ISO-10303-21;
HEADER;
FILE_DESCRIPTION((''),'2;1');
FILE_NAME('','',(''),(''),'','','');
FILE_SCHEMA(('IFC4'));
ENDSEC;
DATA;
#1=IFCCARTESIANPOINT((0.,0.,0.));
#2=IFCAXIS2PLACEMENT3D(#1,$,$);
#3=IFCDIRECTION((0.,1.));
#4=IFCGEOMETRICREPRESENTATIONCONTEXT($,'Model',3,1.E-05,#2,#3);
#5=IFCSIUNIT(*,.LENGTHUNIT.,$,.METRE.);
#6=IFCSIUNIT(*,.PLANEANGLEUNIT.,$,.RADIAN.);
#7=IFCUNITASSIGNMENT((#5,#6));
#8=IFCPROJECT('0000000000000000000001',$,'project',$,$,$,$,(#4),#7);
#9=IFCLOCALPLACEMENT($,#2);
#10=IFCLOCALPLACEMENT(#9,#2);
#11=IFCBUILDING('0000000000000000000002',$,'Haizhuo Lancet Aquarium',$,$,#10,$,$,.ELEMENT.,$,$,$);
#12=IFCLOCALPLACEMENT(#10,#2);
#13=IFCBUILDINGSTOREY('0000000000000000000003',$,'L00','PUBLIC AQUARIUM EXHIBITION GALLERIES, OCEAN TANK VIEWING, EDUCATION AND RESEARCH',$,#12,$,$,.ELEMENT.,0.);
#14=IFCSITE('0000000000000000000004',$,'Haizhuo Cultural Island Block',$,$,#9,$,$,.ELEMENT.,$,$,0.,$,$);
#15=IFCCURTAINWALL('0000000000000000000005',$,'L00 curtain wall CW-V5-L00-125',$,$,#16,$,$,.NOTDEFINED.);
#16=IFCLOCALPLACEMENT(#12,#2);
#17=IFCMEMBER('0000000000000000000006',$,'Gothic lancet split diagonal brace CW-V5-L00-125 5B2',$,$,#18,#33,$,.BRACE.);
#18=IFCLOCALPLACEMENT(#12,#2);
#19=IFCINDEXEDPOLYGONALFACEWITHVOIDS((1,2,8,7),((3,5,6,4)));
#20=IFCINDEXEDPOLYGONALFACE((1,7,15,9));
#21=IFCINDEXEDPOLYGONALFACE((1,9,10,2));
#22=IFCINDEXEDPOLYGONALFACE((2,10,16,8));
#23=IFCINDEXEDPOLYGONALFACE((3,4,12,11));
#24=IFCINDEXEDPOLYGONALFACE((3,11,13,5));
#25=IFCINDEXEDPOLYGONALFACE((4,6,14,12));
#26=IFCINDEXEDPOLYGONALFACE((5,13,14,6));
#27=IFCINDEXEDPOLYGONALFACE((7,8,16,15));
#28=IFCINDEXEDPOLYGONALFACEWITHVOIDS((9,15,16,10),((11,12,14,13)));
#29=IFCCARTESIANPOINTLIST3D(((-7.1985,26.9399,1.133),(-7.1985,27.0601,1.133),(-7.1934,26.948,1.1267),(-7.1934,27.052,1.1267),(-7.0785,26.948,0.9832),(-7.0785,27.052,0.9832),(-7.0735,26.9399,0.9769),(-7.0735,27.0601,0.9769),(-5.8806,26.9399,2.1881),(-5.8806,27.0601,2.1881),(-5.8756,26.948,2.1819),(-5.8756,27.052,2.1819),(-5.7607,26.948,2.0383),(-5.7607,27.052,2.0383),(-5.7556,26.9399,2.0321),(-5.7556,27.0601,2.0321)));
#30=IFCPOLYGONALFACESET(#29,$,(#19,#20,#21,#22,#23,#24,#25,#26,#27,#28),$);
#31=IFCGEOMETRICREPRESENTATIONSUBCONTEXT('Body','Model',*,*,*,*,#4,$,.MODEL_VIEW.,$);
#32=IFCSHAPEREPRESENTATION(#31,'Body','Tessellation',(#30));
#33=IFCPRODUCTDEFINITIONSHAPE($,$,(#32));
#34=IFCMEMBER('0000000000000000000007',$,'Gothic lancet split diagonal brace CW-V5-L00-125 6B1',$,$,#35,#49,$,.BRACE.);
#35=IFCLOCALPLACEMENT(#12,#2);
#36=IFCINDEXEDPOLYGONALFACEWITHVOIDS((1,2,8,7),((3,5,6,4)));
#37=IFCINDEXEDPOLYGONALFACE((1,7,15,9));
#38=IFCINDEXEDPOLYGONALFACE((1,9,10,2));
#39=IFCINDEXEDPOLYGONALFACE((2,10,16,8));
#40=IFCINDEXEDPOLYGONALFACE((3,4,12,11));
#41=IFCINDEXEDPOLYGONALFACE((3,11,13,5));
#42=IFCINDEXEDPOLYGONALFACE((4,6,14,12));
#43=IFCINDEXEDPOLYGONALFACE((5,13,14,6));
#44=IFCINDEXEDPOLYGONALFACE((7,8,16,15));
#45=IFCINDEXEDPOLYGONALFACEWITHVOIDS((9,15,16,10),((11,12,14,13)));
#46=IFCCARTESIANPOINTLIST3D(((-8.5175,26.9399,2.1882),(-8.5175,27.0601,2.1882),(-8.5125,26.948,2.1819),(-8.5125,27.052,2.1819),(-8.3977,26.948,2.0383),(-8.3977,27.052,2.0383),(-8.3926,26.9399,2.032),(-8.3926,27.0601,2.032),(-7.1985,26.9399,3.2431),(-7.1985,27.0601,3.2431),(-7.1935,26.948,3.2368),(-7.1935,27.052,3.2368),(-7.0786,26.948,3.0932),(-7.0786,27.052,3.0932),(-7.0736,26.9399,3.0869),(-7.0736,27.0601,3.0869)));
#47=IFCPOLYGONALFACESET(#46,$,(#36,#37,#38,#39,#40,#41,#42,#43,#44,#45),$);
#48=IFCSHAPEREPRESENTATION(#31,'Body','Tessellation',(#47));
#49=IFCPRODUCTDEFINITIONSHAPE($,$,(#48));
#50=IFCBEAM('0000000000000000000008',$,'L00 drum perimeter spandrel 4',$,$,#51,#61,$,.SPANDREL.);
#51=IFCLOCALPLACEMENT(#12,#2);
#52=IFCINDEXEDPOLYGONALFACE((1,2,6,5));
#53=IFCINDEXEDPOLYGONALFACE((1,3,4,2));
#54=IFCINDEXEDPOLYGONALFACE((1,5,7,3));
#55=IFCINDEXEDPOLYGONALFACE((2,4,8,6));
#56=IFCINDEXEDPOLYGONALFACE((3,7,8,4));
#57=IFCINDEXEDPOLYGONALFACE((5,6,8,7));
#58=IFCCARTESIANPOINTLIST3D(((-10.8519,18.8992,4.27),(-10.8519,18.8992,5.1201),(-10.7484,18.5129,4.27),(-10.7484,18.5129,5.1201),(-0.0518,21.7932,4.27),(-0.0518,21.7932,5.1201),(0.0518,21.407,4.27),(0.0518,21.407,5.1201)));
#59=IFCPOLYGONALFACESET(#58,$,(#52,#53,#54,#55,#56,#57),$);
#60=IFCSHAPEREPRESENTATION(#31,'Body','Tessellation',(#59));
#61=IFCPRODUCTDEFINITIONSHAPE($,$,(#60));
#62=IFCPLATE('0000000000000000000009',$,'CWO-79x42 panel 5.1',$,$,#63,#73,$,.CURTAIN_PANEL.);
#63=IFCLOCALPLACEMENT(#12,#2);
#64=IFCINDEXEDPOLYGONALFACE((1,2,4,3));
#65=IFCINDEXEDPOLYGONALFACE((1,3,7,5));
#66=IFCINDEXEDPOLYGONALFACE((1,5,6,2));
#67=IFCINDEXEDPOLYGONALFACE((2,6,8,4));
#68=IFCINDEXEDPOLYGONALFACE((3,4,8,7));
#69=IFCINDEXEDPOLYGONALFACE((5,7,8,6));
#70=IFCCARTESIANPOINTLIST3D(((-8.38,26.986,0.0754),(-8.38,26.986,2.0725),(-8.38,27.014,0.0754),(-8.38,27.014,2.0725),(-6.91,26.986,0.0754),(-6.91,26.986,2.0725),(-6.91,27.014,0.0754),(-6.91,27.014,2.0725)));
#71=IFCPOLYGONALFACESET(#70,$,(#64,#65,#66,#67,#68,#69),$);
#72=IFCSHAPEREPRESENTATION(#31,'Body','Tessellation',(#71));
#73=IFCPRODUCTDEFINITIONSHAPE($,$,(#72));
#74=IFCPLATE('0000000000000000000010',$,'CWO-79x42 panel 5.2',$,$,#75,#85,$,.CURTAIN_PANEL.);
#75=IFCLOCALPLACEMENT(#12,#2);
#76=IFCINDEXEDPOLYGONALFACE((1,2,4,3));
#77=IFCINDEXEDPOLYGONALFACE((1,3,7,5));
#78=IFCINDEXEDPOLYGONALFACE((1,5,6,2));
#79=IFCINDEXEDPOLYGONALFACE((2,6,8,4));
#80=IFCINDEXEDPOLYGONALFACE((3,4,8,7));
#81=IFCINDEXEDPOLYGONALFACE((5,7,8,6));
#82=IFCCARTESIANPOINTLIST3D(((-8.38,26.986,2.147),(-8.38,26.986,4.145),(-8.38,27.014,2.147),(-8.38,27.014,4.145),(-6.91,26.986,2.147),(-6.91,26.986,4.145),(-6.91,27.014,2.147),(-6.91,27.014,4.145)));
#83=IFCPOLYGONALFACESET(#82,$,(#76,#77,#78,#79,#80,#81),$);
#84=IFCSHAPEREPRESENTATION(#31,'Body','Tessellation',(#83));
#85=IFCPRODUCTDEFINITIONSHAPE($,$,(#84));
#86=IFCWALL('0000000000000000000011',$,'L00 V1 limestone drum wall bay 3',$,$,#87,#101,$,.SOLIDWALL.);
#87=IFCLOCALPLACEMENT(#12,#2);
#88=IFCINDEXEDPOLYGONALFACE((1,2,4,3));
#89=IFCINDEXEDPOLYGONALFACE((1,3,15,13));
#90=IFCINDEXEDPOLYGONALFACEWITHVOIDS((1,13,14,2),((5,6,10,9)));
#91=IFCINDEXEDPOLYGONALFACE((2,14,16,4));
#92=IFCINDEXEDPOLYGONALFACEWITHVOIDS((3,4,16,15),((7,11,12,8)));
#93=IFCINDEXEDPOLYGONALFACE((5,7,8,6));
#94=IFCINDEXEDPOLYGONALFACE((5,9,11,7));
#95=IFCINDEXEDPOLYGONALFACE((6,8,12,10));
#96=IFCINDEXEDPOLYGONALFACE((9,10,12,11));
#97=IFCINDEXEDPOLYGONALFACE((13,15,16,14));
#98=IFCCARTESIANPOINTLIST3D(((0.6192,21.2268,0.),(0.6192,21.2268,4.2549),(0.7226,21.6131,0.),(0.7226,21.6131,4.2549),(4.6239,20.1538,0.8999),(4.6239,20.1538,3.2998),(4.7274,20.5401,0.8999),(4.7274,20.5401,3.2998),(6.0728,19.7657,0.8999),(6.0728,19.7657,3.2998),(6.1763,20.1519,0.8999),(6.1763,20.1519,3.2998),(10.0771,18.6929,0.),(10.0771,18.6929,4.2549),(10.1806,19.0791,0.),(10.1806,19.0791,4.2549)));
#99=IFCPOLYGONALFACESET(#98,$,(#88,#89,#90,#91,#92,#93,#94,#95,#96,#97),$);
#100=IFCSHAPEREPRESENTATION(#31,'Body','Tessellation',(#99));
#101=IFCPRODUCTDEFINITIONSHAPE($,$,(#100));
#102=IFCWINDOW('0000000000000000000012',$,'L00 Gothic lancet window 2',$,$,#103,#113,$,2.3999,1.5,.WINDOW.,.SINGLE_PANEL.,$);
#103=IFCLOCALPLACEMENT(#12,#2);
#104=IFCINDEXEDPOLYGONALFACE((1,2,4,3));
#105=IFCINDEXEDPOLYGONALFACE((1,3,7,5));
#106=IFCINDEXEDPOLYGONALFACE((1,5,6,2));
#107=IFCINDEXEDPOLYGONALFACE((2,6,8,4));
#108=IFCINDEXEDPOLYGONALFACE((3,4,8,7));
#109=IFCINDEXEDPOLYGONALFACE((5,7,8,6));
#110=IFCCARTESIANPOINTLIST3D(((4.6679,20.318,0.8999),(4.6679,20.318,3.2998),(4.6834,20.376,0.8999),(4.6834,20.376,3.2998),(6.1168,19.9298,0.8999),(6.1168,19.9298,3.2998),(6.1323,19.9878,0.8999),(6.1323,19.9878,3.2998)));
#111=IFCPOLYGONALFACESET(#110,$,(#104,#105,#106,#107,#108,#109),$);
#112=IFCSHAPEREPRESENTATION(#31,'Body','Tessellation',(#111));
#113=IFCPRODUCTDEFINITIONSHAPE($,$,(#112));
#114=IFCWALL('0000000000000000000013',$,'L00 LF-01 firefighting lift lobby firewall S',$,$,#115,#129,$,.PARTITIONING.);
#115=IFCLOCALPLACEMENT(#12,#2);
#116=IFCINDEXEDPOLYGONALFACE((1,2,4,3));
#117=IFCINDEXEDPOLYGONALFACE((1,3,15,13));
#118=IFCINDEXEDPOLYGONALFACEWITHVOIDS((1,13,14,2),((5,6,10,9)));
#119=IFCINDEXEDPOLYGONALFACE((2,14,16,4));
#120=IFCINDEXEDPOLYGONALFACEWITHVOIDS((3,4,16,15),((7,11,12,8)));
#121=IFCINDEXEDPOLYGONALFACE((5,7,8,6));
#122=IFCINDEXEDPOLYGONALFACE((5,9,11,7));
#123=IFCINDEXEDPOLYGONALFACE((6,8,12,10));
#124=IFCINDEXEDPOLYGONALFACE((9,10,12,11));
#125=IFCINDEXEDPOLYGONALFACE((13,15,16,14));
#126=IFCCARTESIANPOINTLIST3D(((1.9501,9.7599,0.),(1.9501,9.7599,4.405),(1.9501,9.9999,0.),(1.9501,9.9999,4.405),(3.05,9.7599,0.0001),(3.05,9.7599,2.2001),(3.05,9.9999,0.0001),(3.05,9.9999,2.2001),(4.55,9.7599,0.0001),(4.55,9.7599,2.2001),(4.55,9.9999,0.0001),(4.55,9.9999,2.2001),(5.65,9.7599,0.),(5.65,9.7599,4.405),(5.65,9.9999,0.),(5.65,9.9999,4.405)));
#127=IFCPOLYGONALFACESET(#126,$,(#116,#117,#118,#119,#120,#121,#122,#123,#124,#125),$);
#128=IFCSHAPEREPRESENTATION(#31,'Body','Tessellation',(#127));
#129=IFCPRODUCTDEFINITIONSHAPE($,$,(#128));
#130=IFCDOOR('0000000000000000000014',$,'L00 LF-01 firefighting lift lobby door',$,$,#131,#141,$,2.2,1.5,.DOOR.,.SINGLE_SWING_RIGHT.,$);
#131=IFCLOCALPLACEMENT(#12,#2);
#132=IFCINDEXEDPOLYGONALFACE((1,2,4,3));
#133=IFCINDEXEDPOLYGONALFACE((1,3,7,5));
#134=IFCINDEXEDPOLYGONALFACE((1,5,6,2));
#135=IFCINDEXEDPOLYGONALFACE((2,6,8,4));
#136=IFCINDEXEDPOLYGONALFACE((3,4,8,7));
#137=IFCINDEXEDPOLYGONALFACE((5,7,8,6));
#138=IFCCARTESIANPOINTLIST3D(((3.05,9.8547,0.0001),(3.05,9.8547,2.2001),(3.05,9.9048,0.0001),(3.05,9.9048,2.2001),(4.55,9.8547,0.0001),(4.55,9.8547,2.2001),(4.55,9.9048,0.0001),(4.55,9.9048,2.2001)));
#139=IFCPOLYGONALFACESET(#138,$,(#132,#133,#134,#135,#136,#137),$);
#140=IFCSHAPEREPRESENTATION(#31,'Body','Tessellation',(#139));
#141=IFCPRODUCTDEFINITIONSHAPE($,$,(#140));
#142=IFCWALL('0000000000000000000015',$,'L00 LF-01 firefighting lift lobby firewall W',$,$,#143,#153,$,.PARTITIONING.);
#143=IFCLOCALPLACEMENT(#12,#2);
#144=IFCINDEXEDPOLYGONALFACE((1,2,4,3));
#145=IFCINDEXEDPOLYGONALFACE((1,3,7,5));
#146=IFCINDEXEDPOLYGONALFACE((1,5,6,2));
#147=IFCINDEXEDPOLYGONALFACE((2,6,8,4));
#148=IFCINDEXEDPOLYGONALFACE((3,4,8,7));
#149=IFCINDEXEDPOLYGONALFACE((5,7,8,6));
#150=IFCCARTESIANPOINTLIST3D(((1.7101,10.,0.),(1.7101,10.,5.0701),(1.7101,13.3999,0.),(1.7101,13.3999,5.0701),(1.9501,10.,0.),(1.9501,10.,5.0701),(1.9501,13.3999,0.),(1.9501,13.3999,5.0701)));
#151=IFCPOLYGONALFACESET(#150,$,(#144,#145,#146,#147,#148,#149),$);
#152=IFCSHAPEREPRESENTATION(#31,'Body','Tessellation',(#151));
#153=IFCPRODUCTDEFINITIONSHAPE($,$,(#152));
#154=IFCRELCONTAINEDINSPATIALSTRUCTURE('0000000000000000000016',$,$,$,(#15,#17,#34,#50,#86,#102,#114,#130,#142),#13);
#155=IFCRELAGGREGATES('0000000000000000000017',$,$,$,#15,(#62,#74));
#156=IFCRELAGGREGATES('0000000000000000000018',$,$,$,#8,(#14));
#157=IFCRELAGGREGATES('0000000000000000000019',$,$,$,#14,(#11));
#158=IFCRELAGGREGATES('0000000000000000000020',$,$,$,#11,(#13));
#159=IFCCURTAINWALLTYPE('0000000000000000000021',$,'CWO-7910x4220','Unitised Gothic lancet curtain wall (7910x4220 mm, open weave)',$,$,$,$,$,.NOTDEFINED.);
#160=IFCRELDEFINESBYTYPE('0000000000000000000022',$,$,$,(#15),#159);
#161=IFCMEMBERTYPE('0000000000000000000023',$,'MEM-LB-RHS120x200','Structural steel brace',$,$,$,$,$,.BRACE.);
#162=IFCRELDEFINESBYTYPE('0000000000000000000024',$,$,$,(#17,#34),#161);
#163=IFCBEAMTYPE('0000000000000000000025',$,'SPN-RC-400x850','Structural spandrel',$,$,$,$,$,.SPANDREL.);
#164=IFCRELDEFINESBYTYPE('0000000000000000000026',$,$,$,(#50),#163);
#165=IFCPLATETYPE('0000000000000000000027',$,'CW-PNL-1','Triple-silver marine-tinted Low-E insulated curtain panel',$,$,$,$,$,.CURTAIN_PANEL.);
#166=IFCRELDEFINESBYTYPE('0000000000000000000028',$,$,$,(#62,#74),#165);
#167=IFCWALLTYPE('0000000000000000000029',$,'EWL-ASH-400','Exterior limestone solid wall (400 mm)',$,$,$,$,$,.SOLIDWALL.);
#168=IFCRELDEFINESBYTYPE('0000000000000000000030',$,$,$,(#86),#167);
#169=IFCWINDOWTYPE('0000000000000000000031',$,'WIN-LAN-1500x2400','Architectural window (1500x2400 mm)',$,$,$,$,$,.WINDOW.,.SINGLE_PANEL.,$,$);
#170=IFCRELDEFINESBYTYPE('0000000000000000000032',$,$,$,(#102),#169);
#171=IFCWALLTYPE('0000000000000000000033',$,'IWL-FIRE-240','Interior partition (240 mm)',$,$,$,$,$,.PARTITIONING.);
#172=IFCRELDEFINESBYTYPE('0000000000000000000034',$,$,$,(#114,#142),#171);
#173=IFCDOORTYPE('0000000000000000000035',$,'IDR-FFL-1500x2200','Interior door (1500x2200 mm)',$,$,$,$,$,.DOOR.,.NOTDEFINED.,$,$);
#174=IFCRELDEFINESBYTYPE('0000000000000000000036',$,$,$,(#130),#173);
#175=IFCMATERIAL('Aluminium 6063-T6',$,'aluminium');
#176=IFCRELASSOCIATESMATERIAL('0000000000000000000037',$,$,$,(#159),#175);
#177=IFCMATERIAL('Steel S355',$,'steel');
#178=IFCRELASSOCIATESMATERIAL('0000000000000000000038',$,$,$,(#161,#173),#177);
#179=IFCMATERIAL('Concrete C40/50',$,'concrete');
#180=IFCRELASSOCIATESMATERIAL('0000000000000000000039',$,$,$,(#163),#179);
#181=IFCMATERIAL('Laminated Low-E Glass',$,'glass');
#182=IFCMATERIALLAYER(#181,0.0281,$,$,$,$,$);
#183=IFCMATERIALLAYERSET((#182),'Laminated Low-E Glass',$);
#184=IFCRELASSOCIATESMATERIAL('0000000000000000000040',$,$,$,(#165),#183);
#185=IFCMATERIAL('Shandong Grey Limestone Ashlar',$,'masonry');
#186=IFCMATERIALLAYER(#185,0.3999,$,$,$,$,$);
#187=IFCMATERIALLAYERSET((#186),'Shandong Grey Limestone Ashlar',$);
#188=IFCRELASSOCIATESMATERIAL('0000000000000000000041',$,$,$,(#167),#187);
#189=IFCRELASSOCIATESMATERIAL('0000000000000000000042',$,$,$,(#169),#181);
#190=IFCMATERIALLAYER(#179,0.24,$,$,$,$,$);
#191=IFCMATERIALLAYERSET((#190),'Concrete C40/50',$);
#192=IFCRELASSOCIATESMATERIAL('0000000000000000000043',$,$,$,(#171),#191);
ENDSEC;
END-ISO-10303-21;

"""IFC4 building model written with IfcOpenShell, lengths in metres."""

from ifc_helpers import new_model, si_unit, direction, frame, frame_2d, origin, origin_2d, place, context, subcontext, project, spatial, rectangle, hollow_rectangle, extrude, material, layer, layer_set, material_profile, profile_set, type_object, element, fill, aggregate, save


model = new_model("IFC4")

# Units and contexts
model_context = context("Model", 3, precision=1e-05, world=origin(), true_north=direction((0.0, 1.0)))
body_context = subcontext(model_context, "Body", "Model", "MODEL_VIEW")
ifc_project = project(units=[si_unit("LENGTHUNIT", "METRE"), si_unit("PLANEANGLEUNIT", "RADIAN")], contexts=[model_context])

# Site, building, storey
site_placement = place(None, origin())
site = spatial("IfcSite", under=ifc_project, at=site_placement, Name="Haizhuo Cultural Island Block", CompositionType="ELEMENT", RefElevation=0.0)
building_placement = place(site_placement, origin())
building = spatial("IfcBuilding", under=site, at=building_placement, Name="Haizhuo Lancet Aquarium", CompositionType="ELEMENT")
storey_placement = place(building_placement, origin())
storey = spatial("IfcBuildingStorey", under=building, at=storey_placement, Name="L00", Description="PUBLIC AQUARIUM EXHIBITION GALLERIES, OCEAN TANK VIEWING, EDUCATION AND RESEARCH", CompositionType="ELEMENT", Elevation=0.0)

# Shared definitions
ifc_material_1 = material(Name="Concrete C40/50", Category="concrete")
ifc_material_2 = material(Name="Steel S355", Category="steel")

# Curtain wall
ifc_material_3 = material(Name="Aluminium 6063-T6", Category="aluminium")
curtain_wall_type = type_object("IfcCurtainWallType", Name="CWO-7910x4220", Description="Unitised Gothic lancet curtain wall (7910x4220 mm, open weave)", PredefinedType="NOTDEFINED", material=ifc_material_3)
curtain_wall_placement = place(storey_placement, origin())
curtain_wall = element("IfcCurtainWall", 1, at=curtain_wall_placement, inside=storey, type_object=curtain_wall_type, Name="L00 curtain wall CW-V5-L00-125", PredefinedType="NOTDEFINED")

# Members
ifc_material_profile_1 = material_profile(ifc_material_2, hollow_rectangle(XDim=0.1201, YDim=0.2, WallThickness=0.0081, at=origin_2d()), Name="RHS 120x200x8")
ifc_profile_set_1 = profile_set([ifc_material_profile_1], Name="Steel S355")
member_type_1 = type_object("IfcMemberType", Name="MEM-LB-RHS120x200", Description="Structural steel brace", PredefinedType="BRACE", material=ifc_profile_set_1)
member_1_placement = place(storey_placement, frame((-7.136, 27.0, 1.0549), z_axis=(0.780615, 0.0, 0.625012), x_axis=(0.0, 1.0, 0.0)))
element("IfcMember", 2, at=member_1_placement, inside=storey, type_object=member_type_1, Name="Gothic lancet split diagonal brace CW-V5-L00-125 5B2", PredefinedType="BRACE", context=body_context, shape_type="SweptSolid", body=[
    extrude(hollow_rectangle(XDim=0.1201, YDim=0.2, WallThickness=0.0081, at=origin_2d()), origin(), (0.0, 0.0, 1.0), 1.6882),
])
member_2_placement = place(storey_placement, frame((-8.4551, 27.0, 2.1101), z_axis=(0.780968, 0.0, 0.624572), x_axis=(0.0, 1.0, 0.0)))
element("IfcMember", 3, at=member_2_placement, inside=storey, type_object=member_type_1, Name="Gothic lancet split diagonal brace CW-V5-L00-125 6B1", PredefinedType="BRACE", context=body_context, shape_type="SweptSolid", body=[
    extrude(hollow_rectangle(XDim=0.1201, YDim=0.2, WallThickness=0.0081, at=origin_2d()), origin(), (0.0, 0.0, 1.0), 1.689),
])

# Beam
ifc_material_profile_2 = material_profile(ifc_material_1, rectangle(XDim=0.3999, YDim=0.8501, at=origin_2d()), Name="RC-SP 400x850")
ifc_profile_set_2 = profile_set([ifc_material_profile_2], Name="Concrete C40/50")
beam_type_1 = type_object("IfcBeamType", Name="SPN-RC-400x850", Description="Structural spandrel", PredefinedType="SPANDREL", material=ifc_profile_set_2)
beam_1_placement = place(storey_placement, frame((0.0, 21.6001, 4.6951), z_axis=(-0.965922, -0.258834, 0.0), x_axis=(0.258834, -0.965922, 0.0)))
element("IfcBeam", 4, at=beam_1_placement, inside=storey, type_object=beam_type_1, Name="L00 drum perimeter spandrel 4", PredefinedType="SPANDREL", context=body_context, shape_type="SweptSolid", body=[
    extrude(rectangle(XDim=0.3999, YDim=0.8501, at=origin_2d()), origin(), (0.0, 0.0, 1.0), 11.1812),
])

# Plates
ifc_material_4 = material(Name="Laminated Low-E Glass", Category="glass")
ifc_layer_1 = layer(ifc_material_4, 0.0281)
ifc_layer_set_1 = layer_set([ifc_layer_1], Name="Laminated Low-E Glass")
plate_type = type_object("IfcPlateType", Name="CW-PNL-1", Description="Triple-silver marine-tinted Low-E insulated curtain panel", PredefinedType="CURTAIN_PANEL", material=ifc_layer_set_1)
plate_1_placement = place(storey_placement, frame((-7.645, 27.0, 0.0754), z_axis=(0.0, 0.0, 1.0), x_axis=(-1.0, 0.0, 0.0)))
plate_1 = element("IfcPlate", 5, at=plate_1_placement, type_object=plate_type, Name="CWO-79x42 panel 5.1", PredefinedType="CURTAIN_PANEL", context=body_context, shape_type="SweptSolid", body=[
    extrude(rectangle(XDim=1.47, YDim=0.0281, at=origin_2d()), origin(), (0.0, 0.0, 1.0), 1.9971),
])
plate_2_placement = place(storey_placement, frame((-7.645, 27.0, 2.147), z_axis=(0.0, 0.0, 1.0), x_axis=(-1.0, 0.0, 0.0)))
plate_2 = element("IfcPlate", 6, at=plate_2_placement, type_object=plate_type, Name="CWO-79x42 panel 5.2", PredefinedType="CURTAIN_PANEL", context=body_context, shape_type="SweptSolid", body=[
    extrude(rectangle(XDim=1.47, YDim=0.0281, at=origin_2d()), origin(), (0.0, 0.0, 1.0), 1.998),
])
aggregate(curtain_wall, [plate_1, plate_2])

# Wall, opening, window
ifc_material_5 = material(Name="Shandong Grey Limestone Ashlar", Category="masonry")
ifc_layer_2 = layer(ifc_material_5, 0.3999)
ifc_layer_set_2 = layer_set([ifc_layer_2], Name="Shandong Grey Limestone Ashlar")
wall_type_1 = type_object("IfcWallType", Name="EWL-ASH-400", Description="Exterior limestone solid wall (400 mm)", PredefinedType="SOLIDWALL", material=ifc_layer_set_2)
wall_1_placement = place(storey_placement, frame((0.6709, 21.4199, 0.0), z_axis=(0.0, 0.0, 1.0), x_axis=(0.965934, -0.258788, 0.0)))
wall_1 = element("IfcWall", 7, at=wall_1_placement, inside=storey, type_object=wall_type_1, Name="L00 V1 limestone drum wall bay 3", PredefinedType="SOLIDWALL", context=body_context, shape_type="SweptSolid", body=[
    extrude(rectangle(XDim=9.7915, YDim=0.3999, at=frame_2d((4.8958, 0.0))), origin(), (0.0, 0.0, 1.0), 4.2549),
])
opening_1_placement = place(wall_1_placement, frame((4.146, 0.0, 0.8999)))
opening_1 = element("IfcOpeningElement", 8, at=opening_1_placement, cuts=wall_1, PredefinedType="OPENING", context=body_context, shape_type="SweptSolid", body=[
    extrude(rectangle(XDim=1.5, YDim=2.3999, at=frame_2d((0.75, 1.2))), frame((0.0, 0.21, 0.0), z_axis=(0.0, -1.0, 0.0), x_axis=(1.0, 0.0, 0.0)), (0.0, 0.0, 1.0), 0.4199),
])
window_type = type_object("IfcWindowType", Name="WIN-LAN-1500x2400", Description="Architectural window (1500x2400 mm)", PartitioningType="SINGLE_PANEL", PredefinedType="WINDOW", material=ifc_material_4)
window_placement = place(opening_1_placement, origin())
window = element("IfcWindow", 9, at=window_placement, inside=storey, type_object=window_type, Name="L00 Gothic lancet window 2", OverallHeight=2.3999, OverallWidth=1.5, PartitioningType="SINGLE_PANEL", PredefinedType="WINDOW", context=body_context, shape_type="SweptSolid", body=[
    extrude(rectangle(XDim=1.5, YDim=2.3999, at=frame_2d((0.75, 1.2))), frame((0.0, 0.03, 0.0), z_axis=(0.0, -1.0, 0.0), x_axis=(1.0, 0.0, 0.0)), (0.0, 0.0, 1.0), 0.0601),
])
fill(opening_1, window)

# Wall, opening, door
ifc_layer_3 = layer(ifc_material_1, 0.24)
ifc_layer_set_3 = layer_set([ifc_layer_3], Name="Concrete C40/50")
wall_type_2 = type_object("IfcWallType", Name="IWL-FIRE-240", Description="Interior partition (240 mm)", PredefinedType="PARTITIONING", material=ifc_layer_set_3)
wall_2_placement = place(storey_placement, frame((1.95, 9.8799, 0.0), z_axis=(0.0, 0.0, 1.0), x_axis=(1.0, 0.0, 0.0)))
wall_2 = element("IfcWall", 10, at=wall_2_placement, inside=storey, type_object=wall_type_2, Name="L00 LF-01 firefighting lift lobby firewall S", PredefinedType="PARTITIONING", context=body_context, shape_type="SweptSolid", body=[
    extrude(rectangle(XDim=3.7, YDim=0.24, at=frame_2d((1.8501, 0.0))), origin(), (0.0, 0.0, 1.0), 4.405),
])
opening_2_placement = place(wall_2_placement, frame((1.1001, 0.0, 0.0)))
opening_2 = element("IfcOpeningElement", 11, at=opening_2_placement, cuts=wall_2, PredefinedType="OPENING", context=body_context, shape_type="SweptSolid", body=[
    extrude(rectangle(XDim=1.5, YDim=2.2, at=frame_2d((0.75, 1.1001))), frame((0.0, 0.1299, 0.0), z_axis=(0.0, -1.0, 0.0), x_axis=(1.0, 0.0, 0.0)), (0.0, 0.0, 1.0), 0.26),
])
door_type_1 = type_object("IfcDoorType", Name="IDR-FFL-1500x2200", Description="Interior door (1500x2200 mm)", OperationType="NOTDEFINED", PredefinedType="DOOR", material=ifc_material_2)
door_1_placement = place(opening_2_placement, origin())
door_1 = element("IfcDoor", 12, at=door_1_placement, inside=storey, type_object=door_type_1, Name="L00 LF-01 firefighting lift lobby door", OperationType="SINGLE_SWING_RIGHT", OverallHeight=2.2, OverallWidth=1.5, PredefinedType="DOOR", context=body_context, shape_type="SweptSolid", body=[
    extrude(rectangle(XDim=1.5, YDim=2.2, at=frame_2d((0.75, 1.1001))), frame((0.0, 0.0249, 0.0), z_axis=(0.0, -1.0, 0.0), x_axis=(1.0, 0.0, 0.0)), (0.0, 0.0, 1.0), 0.05),
])
fill(opening_2, door_1)

# Wall
wall_3_placement = place(storey_placement, frame((1.8301, 10.0, 0.0), z_axis=(0.0, 0.0, 1.0), x_axis=(0.0, 1.0, 0.0)))
element("IfcWall", 13, at=wall_3_placement, inside=storey, type_object=wall_type_2, Name="L00 LF-01 firefighting lift lobby firewall W", PredefinedType="PARTITIONING", context=body_context, shape_type="SweptSolid", body=[
    extrude(rectangle(XDim=3.3999, YDim=0.24, at=frame_2d((1.7, 0.0))), origin(), (0.0, 0.0, 1.0), 5.0701),
])

save(model, "model.ifc")
